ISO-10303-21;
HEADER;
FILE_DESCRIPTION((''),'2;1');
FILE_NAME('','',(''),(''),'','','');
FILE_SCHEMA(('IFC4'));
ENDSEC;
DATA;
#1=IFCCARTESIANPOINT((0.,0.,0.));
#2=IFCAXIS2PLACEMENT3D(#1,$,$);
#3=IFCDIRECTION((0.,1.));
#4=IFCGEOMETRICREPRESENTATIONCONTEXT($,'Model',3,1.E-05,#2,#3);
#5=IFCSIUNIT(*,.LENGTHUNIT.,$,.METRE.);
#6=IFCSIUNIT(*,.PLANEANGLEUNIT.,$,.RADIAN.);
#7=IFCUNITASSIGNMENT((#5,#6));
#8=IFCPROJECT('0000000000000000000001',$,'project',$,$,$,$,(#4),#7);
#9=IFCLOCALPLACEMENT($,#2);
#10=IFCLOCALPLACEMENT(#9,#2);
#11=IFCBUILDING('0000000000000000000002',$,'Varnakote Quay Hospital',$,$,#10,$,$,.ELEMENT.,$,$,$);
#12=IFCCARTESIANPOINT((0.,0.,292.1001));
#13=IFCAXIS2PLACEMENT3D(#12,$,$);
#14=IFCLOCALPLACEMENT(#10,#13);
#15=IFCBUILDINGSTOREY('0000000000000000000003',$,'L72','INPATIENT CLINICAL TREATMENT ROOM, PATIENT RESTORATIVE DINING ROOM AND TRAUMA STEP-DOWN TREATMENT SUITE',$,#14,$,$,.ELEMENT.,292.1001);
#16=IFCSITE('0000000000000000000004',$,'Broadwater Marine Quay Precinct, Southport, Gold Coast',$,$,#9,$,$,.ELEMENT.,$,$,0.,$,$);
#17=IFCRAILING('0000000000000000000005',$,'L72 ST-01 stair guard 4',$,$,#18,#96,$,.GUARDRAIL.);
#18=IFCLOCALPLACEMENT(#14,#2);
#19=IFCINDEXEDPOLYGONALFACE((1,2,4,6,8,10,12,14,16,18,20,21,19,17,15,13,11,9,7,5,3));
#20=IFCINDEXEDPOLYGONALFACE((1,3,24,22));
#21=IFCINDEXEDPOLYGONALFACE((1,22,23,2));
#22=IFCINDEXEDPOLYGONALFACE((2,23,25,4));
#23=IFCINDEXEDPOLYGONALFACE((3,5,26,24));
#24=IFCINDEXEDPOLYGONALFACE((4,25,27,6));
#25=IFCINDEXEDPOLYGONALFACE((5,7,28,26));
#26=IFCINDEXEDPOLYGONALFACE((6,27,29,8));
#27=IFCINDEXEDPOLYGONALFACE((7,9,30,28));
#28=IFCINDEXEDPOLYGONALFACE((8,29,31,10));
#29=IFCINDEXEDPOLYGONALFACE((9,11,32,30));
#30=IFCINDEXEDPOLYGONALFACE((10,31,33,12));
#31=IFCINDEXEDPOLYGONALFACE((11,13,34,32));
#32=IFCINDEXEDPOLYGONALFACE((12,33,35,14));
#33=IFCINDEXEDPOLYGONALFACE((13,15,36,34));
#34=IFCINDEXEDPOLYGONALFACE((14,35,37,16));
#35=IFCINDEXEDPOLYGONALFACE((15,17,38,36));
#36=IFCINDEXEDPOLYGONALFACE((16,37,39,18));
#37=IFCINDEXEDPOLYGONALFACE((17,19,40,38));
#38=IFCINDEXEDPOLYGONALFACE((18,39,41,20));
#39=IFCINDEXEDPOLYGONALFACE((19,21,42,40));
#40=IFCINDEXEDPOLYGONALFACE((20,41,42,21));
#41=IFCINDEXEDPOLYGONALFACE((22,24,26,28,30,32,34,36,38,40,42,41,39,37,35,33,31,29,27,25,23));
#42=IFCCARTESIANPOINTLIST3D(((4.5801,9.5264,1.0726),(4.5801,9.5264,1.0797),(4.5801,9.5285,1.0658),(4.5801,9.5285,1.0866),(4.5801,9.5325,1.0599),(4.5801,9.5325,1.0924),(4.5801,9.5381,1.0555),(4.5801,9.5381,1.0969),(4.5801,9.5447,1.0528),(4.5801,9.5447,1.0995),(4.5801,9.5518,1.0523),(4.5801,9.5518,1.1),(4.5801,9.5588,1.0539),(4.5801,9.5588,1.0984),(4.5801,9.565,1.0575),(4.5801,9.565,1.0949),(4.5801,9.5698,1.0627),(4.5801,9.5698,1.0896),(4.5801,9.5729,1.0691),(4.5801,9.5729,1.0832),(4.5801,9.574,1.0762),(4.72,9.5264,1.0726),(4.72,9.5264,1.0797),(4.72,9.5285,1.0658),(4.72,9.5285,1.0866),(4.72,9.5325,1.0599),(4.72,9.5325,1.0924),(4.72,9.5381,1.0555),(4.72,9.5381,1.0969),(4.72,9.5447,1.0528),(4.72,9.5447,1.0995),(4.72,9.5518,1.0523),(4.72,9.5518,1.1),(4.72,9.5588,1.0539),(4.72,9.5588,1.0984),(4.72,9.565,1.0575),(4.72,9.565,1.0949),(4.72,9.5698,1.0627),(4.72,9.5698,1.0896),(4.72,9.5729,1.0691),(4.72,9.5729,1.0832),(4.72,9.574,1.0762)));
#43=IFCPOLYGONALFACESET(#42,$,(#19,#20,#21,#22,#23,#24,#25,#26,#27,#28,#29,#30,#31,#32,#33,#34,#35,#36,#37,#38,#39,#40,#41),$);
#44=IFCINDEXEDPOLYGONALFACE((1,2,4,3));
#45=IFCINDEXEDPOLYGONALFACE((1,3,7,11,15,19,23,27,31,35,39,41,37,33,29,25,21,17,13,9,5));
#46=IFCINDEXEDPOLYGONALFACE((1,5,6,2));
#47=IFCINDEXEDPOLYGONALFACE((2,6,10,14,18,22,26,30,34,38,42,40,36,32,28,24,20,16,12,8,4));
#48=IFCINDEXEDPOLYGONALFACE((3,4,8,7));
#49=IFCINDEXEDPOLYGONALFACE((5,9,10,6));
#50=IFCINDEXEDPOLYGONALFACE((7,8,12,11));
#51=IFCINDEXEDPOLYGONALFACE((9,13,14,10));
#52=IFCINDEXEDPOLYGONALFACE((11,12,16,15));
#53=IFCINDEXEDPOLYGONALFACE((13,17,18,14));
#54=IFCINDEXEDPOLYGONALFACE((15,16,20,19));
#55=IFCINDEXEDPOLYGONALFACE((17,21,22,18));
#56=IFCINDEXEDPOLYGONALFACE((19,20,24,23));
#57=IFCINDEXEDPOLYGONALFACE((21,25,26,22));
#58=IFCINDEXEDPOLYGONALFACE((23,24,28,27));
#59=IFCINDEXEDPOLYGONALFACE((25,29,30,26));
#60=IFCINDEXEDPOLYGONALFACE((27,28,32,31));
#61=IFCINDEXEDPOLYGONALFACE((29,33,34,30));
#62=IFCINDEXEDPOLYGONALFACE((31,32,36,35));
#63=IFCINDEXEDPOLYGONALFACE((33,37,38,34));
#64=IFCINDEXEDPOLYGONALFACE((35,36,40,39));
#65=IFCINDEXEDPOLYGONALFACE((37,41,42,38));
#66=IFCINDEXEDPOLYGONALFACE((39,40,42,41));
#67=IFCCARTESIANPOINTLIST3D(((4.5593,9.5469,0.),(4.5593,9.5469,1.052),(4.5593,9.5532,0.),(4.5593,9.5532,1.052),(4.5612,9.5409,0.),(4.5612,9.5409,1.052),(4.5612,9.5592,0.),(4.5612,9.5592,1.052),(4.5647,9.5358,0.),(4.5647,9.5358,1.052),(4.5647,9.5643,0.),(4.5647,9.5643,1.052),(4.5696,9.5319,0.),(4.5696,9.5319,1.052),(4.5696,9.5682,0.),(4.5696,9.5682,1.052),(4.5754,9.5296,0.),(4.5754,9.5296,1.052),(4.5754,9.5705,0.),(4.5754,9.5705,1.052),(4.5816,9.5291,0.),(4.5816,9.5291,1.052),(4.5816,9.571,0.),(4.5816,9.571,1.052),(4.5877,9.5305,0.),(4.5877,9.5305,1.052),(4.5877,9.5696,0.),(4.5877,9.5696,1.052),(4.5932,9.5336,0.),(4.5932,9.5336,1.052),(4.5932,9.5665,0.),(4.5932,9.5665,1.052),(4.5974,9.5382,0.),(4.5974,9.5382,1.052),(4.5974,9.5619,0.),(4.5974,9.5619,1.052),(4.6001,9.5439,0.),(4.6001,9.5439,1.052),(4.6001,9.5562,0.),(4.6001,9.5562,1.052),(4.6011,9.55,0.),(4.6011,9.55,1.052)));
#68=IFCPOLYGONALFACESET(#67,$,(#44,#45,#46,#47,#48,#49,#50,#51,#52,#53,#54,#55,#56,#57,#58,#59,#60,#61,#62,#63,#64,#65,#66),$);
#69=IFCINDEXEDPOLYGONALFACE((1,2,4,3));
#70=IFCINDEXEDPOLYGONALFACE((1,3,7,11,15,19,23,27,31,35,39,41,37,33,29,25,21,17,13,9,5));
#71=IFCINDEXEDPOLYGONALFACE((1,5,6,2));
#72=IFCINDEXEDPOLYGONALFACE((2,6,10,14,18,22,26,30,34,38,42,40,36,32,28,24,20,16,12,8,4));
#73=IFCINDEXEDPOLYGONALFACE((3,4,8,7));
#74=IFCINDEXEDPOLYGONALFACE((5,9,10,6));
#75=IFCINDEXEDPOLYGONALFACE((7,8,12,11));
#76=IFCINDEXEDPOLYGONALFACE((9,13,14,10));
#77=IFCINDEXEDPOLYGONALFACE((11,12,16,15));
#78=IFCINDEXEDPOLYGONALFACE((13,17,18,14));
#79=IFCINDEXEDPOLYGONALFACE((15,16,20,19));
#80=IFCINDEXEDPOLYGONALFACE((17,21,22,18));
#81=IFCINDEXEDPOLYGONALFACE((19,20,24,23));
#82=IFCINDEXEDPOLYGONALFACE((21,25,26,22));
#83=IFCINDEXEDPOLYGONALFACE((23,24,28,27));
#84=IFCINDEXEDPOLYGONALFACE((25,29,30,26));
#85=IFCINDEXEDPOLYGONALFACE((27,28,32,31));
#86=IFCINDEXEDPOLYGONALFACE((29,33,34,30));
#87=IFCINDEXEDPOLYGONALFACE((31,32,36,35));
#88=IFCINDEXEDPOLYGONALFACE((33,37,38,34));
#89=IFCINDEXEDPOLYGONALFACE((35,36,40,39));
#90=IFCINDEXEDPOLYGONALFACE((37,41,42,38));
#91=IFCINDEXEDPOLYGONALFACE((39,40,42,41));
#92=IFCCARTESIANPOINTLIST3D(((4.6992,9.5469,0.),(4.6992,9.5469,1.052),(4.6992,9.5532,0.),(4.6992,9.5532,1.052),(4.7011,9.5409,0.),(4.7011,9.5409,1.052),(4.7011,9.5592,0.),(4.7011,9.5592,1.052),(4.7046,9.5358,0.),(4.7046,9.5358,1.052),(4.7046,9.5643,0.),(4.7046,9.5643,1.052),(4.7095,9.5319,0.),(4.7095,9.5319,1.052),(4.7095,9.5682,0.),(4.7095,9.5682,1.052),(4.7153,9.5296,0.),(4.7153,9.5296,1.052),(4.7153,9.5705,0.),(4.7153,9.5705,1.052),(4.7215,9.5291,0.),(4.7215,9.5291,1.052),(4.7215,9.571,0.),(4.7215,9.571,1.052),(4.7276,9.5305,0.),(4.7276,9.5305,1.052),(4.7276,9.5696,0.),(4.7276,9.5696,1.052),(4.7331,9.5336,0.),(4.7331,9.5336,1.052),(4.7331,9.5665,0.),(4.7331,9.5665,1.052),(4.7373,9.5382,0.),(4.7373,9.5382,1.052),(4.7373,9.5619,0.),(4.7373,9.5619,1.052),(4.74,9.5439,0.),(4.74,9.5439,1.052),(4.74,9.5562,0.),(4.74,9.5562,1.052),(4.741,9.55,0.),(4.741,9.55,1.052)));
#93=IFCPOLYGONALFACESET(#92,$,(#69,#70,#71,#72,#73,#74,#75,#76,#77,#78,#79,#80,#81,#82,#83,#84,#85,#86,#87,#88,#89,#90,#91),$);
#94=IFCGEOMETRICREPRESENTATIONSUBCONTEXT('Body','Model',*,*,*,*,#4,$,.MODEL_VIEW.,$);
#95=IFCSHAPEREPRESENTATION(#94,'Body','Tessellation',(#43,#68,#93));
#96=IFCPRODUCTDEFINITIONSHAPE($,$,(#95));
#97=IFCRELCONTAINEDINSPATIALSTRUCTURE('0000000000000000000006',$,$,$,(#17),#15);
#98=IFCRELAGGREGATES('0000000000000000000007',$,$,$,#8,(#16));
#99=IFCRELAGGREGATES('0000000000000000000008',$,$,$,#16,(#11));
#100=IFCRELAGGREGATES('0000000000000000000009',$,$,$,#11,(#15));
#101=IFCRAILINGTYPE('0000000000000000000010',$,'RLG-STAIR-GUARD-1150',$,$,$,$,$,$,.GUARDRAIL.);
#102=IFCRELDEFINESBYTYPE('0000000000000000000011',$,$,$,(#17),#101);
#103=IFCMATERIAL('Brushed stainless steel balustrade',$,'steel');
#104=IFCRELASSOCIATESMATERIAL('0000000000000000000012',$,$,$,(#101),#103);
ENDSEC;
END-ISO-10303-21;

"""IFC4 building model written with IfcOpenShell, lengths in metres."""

from ifc_helpers import new_model, si_unit, direction, frame, origin, origin_2d, place, context, subcontext, project, spatial, circle, extrude, material, type_object, element, save


model = new_model("IFC4")

# Units and contexts
model_context = context("Model", 3, precision=1e-05, world=origin(), true_north=direction((0.0, 1.0)))
body_context = subcontext(model_context, "Body", "Model", "MODEL_VIEW")
ifc_project = project(units=[si_unit("LENGTHUNIT", "METRE"), si_unit("PLANEANGLEUNIT", "RADIAN")], contexts=[model_context])

# Site, building, storey
site_placement = place(None, origin())
site = spatial("IfcSite", under=ifc_project, at=site_placement, Name="Broadwater Marine Quay Precinct, Southport, Gold Coast", CompositionType="ELEMENT", RefElevation=0.0)
building_placement = place(site_placement, origin())
building = spatial("IfcBuilding", under=site, at=building_placement, Name="Varnakote Quay Hospital", CompositionType="ELEMENT")
storey_placement = place(building_placement, frame((0.0, 0.0, 292.1001)))
storey = spatial("IfcBuildingStorey", under=building, at=storey_placement, Name="L72", Description="INPATIENT CLINICAL TREATMENT ROOM, PATIENT RESTORATIVE DINING ROOM AND TRAUMA STEP-DOWN TREATMENT SUITE", CompositionType="ELEMENT", Elevation=292.1001)

# Railing
ifc_material_1 = material(Name="Brushed stainless steel balustrade", Category="steel")
railing_type_1 = type_object("IfcRailingType", Name="RLG-STAIR-GUARD-1150", PredefinedType="GUARDRAIL", material=ifc_material_1)
railing_1_placement = place(storey_placement, frame((4.5801, 9.55, 0.0)))
element("IfcRailing", 1, at=railing_1_placement, inside=storey, type_object=railing_type_1, Name="L72 ST-01 stair guard 4", PredefinedType="GUARDRAIL", context=body_context, shape_type="SweptSolid", body=[
    extrude(circle(Radius=0.0239, at=origin_2d()), frame((0.0, 0.0, 1.0762), z_axis=(1.0, 0.0, 0.0), x_axis=(0.0, 1.0, 0.0)), (0.0, 0.0, 1.0), 0.1399),
    extrude(circle(Radius=0.021, at=origin_2d()), origin(), (0.0, 0.0, 1.0), 1.052),
    extrude(circle(Radius=0.021, at=origin_2d()), frame((0.1399, 0.0, 0.0)), (0.0, 0.0, 1.0), 1.052),
])

save(model, "model.ifc")
